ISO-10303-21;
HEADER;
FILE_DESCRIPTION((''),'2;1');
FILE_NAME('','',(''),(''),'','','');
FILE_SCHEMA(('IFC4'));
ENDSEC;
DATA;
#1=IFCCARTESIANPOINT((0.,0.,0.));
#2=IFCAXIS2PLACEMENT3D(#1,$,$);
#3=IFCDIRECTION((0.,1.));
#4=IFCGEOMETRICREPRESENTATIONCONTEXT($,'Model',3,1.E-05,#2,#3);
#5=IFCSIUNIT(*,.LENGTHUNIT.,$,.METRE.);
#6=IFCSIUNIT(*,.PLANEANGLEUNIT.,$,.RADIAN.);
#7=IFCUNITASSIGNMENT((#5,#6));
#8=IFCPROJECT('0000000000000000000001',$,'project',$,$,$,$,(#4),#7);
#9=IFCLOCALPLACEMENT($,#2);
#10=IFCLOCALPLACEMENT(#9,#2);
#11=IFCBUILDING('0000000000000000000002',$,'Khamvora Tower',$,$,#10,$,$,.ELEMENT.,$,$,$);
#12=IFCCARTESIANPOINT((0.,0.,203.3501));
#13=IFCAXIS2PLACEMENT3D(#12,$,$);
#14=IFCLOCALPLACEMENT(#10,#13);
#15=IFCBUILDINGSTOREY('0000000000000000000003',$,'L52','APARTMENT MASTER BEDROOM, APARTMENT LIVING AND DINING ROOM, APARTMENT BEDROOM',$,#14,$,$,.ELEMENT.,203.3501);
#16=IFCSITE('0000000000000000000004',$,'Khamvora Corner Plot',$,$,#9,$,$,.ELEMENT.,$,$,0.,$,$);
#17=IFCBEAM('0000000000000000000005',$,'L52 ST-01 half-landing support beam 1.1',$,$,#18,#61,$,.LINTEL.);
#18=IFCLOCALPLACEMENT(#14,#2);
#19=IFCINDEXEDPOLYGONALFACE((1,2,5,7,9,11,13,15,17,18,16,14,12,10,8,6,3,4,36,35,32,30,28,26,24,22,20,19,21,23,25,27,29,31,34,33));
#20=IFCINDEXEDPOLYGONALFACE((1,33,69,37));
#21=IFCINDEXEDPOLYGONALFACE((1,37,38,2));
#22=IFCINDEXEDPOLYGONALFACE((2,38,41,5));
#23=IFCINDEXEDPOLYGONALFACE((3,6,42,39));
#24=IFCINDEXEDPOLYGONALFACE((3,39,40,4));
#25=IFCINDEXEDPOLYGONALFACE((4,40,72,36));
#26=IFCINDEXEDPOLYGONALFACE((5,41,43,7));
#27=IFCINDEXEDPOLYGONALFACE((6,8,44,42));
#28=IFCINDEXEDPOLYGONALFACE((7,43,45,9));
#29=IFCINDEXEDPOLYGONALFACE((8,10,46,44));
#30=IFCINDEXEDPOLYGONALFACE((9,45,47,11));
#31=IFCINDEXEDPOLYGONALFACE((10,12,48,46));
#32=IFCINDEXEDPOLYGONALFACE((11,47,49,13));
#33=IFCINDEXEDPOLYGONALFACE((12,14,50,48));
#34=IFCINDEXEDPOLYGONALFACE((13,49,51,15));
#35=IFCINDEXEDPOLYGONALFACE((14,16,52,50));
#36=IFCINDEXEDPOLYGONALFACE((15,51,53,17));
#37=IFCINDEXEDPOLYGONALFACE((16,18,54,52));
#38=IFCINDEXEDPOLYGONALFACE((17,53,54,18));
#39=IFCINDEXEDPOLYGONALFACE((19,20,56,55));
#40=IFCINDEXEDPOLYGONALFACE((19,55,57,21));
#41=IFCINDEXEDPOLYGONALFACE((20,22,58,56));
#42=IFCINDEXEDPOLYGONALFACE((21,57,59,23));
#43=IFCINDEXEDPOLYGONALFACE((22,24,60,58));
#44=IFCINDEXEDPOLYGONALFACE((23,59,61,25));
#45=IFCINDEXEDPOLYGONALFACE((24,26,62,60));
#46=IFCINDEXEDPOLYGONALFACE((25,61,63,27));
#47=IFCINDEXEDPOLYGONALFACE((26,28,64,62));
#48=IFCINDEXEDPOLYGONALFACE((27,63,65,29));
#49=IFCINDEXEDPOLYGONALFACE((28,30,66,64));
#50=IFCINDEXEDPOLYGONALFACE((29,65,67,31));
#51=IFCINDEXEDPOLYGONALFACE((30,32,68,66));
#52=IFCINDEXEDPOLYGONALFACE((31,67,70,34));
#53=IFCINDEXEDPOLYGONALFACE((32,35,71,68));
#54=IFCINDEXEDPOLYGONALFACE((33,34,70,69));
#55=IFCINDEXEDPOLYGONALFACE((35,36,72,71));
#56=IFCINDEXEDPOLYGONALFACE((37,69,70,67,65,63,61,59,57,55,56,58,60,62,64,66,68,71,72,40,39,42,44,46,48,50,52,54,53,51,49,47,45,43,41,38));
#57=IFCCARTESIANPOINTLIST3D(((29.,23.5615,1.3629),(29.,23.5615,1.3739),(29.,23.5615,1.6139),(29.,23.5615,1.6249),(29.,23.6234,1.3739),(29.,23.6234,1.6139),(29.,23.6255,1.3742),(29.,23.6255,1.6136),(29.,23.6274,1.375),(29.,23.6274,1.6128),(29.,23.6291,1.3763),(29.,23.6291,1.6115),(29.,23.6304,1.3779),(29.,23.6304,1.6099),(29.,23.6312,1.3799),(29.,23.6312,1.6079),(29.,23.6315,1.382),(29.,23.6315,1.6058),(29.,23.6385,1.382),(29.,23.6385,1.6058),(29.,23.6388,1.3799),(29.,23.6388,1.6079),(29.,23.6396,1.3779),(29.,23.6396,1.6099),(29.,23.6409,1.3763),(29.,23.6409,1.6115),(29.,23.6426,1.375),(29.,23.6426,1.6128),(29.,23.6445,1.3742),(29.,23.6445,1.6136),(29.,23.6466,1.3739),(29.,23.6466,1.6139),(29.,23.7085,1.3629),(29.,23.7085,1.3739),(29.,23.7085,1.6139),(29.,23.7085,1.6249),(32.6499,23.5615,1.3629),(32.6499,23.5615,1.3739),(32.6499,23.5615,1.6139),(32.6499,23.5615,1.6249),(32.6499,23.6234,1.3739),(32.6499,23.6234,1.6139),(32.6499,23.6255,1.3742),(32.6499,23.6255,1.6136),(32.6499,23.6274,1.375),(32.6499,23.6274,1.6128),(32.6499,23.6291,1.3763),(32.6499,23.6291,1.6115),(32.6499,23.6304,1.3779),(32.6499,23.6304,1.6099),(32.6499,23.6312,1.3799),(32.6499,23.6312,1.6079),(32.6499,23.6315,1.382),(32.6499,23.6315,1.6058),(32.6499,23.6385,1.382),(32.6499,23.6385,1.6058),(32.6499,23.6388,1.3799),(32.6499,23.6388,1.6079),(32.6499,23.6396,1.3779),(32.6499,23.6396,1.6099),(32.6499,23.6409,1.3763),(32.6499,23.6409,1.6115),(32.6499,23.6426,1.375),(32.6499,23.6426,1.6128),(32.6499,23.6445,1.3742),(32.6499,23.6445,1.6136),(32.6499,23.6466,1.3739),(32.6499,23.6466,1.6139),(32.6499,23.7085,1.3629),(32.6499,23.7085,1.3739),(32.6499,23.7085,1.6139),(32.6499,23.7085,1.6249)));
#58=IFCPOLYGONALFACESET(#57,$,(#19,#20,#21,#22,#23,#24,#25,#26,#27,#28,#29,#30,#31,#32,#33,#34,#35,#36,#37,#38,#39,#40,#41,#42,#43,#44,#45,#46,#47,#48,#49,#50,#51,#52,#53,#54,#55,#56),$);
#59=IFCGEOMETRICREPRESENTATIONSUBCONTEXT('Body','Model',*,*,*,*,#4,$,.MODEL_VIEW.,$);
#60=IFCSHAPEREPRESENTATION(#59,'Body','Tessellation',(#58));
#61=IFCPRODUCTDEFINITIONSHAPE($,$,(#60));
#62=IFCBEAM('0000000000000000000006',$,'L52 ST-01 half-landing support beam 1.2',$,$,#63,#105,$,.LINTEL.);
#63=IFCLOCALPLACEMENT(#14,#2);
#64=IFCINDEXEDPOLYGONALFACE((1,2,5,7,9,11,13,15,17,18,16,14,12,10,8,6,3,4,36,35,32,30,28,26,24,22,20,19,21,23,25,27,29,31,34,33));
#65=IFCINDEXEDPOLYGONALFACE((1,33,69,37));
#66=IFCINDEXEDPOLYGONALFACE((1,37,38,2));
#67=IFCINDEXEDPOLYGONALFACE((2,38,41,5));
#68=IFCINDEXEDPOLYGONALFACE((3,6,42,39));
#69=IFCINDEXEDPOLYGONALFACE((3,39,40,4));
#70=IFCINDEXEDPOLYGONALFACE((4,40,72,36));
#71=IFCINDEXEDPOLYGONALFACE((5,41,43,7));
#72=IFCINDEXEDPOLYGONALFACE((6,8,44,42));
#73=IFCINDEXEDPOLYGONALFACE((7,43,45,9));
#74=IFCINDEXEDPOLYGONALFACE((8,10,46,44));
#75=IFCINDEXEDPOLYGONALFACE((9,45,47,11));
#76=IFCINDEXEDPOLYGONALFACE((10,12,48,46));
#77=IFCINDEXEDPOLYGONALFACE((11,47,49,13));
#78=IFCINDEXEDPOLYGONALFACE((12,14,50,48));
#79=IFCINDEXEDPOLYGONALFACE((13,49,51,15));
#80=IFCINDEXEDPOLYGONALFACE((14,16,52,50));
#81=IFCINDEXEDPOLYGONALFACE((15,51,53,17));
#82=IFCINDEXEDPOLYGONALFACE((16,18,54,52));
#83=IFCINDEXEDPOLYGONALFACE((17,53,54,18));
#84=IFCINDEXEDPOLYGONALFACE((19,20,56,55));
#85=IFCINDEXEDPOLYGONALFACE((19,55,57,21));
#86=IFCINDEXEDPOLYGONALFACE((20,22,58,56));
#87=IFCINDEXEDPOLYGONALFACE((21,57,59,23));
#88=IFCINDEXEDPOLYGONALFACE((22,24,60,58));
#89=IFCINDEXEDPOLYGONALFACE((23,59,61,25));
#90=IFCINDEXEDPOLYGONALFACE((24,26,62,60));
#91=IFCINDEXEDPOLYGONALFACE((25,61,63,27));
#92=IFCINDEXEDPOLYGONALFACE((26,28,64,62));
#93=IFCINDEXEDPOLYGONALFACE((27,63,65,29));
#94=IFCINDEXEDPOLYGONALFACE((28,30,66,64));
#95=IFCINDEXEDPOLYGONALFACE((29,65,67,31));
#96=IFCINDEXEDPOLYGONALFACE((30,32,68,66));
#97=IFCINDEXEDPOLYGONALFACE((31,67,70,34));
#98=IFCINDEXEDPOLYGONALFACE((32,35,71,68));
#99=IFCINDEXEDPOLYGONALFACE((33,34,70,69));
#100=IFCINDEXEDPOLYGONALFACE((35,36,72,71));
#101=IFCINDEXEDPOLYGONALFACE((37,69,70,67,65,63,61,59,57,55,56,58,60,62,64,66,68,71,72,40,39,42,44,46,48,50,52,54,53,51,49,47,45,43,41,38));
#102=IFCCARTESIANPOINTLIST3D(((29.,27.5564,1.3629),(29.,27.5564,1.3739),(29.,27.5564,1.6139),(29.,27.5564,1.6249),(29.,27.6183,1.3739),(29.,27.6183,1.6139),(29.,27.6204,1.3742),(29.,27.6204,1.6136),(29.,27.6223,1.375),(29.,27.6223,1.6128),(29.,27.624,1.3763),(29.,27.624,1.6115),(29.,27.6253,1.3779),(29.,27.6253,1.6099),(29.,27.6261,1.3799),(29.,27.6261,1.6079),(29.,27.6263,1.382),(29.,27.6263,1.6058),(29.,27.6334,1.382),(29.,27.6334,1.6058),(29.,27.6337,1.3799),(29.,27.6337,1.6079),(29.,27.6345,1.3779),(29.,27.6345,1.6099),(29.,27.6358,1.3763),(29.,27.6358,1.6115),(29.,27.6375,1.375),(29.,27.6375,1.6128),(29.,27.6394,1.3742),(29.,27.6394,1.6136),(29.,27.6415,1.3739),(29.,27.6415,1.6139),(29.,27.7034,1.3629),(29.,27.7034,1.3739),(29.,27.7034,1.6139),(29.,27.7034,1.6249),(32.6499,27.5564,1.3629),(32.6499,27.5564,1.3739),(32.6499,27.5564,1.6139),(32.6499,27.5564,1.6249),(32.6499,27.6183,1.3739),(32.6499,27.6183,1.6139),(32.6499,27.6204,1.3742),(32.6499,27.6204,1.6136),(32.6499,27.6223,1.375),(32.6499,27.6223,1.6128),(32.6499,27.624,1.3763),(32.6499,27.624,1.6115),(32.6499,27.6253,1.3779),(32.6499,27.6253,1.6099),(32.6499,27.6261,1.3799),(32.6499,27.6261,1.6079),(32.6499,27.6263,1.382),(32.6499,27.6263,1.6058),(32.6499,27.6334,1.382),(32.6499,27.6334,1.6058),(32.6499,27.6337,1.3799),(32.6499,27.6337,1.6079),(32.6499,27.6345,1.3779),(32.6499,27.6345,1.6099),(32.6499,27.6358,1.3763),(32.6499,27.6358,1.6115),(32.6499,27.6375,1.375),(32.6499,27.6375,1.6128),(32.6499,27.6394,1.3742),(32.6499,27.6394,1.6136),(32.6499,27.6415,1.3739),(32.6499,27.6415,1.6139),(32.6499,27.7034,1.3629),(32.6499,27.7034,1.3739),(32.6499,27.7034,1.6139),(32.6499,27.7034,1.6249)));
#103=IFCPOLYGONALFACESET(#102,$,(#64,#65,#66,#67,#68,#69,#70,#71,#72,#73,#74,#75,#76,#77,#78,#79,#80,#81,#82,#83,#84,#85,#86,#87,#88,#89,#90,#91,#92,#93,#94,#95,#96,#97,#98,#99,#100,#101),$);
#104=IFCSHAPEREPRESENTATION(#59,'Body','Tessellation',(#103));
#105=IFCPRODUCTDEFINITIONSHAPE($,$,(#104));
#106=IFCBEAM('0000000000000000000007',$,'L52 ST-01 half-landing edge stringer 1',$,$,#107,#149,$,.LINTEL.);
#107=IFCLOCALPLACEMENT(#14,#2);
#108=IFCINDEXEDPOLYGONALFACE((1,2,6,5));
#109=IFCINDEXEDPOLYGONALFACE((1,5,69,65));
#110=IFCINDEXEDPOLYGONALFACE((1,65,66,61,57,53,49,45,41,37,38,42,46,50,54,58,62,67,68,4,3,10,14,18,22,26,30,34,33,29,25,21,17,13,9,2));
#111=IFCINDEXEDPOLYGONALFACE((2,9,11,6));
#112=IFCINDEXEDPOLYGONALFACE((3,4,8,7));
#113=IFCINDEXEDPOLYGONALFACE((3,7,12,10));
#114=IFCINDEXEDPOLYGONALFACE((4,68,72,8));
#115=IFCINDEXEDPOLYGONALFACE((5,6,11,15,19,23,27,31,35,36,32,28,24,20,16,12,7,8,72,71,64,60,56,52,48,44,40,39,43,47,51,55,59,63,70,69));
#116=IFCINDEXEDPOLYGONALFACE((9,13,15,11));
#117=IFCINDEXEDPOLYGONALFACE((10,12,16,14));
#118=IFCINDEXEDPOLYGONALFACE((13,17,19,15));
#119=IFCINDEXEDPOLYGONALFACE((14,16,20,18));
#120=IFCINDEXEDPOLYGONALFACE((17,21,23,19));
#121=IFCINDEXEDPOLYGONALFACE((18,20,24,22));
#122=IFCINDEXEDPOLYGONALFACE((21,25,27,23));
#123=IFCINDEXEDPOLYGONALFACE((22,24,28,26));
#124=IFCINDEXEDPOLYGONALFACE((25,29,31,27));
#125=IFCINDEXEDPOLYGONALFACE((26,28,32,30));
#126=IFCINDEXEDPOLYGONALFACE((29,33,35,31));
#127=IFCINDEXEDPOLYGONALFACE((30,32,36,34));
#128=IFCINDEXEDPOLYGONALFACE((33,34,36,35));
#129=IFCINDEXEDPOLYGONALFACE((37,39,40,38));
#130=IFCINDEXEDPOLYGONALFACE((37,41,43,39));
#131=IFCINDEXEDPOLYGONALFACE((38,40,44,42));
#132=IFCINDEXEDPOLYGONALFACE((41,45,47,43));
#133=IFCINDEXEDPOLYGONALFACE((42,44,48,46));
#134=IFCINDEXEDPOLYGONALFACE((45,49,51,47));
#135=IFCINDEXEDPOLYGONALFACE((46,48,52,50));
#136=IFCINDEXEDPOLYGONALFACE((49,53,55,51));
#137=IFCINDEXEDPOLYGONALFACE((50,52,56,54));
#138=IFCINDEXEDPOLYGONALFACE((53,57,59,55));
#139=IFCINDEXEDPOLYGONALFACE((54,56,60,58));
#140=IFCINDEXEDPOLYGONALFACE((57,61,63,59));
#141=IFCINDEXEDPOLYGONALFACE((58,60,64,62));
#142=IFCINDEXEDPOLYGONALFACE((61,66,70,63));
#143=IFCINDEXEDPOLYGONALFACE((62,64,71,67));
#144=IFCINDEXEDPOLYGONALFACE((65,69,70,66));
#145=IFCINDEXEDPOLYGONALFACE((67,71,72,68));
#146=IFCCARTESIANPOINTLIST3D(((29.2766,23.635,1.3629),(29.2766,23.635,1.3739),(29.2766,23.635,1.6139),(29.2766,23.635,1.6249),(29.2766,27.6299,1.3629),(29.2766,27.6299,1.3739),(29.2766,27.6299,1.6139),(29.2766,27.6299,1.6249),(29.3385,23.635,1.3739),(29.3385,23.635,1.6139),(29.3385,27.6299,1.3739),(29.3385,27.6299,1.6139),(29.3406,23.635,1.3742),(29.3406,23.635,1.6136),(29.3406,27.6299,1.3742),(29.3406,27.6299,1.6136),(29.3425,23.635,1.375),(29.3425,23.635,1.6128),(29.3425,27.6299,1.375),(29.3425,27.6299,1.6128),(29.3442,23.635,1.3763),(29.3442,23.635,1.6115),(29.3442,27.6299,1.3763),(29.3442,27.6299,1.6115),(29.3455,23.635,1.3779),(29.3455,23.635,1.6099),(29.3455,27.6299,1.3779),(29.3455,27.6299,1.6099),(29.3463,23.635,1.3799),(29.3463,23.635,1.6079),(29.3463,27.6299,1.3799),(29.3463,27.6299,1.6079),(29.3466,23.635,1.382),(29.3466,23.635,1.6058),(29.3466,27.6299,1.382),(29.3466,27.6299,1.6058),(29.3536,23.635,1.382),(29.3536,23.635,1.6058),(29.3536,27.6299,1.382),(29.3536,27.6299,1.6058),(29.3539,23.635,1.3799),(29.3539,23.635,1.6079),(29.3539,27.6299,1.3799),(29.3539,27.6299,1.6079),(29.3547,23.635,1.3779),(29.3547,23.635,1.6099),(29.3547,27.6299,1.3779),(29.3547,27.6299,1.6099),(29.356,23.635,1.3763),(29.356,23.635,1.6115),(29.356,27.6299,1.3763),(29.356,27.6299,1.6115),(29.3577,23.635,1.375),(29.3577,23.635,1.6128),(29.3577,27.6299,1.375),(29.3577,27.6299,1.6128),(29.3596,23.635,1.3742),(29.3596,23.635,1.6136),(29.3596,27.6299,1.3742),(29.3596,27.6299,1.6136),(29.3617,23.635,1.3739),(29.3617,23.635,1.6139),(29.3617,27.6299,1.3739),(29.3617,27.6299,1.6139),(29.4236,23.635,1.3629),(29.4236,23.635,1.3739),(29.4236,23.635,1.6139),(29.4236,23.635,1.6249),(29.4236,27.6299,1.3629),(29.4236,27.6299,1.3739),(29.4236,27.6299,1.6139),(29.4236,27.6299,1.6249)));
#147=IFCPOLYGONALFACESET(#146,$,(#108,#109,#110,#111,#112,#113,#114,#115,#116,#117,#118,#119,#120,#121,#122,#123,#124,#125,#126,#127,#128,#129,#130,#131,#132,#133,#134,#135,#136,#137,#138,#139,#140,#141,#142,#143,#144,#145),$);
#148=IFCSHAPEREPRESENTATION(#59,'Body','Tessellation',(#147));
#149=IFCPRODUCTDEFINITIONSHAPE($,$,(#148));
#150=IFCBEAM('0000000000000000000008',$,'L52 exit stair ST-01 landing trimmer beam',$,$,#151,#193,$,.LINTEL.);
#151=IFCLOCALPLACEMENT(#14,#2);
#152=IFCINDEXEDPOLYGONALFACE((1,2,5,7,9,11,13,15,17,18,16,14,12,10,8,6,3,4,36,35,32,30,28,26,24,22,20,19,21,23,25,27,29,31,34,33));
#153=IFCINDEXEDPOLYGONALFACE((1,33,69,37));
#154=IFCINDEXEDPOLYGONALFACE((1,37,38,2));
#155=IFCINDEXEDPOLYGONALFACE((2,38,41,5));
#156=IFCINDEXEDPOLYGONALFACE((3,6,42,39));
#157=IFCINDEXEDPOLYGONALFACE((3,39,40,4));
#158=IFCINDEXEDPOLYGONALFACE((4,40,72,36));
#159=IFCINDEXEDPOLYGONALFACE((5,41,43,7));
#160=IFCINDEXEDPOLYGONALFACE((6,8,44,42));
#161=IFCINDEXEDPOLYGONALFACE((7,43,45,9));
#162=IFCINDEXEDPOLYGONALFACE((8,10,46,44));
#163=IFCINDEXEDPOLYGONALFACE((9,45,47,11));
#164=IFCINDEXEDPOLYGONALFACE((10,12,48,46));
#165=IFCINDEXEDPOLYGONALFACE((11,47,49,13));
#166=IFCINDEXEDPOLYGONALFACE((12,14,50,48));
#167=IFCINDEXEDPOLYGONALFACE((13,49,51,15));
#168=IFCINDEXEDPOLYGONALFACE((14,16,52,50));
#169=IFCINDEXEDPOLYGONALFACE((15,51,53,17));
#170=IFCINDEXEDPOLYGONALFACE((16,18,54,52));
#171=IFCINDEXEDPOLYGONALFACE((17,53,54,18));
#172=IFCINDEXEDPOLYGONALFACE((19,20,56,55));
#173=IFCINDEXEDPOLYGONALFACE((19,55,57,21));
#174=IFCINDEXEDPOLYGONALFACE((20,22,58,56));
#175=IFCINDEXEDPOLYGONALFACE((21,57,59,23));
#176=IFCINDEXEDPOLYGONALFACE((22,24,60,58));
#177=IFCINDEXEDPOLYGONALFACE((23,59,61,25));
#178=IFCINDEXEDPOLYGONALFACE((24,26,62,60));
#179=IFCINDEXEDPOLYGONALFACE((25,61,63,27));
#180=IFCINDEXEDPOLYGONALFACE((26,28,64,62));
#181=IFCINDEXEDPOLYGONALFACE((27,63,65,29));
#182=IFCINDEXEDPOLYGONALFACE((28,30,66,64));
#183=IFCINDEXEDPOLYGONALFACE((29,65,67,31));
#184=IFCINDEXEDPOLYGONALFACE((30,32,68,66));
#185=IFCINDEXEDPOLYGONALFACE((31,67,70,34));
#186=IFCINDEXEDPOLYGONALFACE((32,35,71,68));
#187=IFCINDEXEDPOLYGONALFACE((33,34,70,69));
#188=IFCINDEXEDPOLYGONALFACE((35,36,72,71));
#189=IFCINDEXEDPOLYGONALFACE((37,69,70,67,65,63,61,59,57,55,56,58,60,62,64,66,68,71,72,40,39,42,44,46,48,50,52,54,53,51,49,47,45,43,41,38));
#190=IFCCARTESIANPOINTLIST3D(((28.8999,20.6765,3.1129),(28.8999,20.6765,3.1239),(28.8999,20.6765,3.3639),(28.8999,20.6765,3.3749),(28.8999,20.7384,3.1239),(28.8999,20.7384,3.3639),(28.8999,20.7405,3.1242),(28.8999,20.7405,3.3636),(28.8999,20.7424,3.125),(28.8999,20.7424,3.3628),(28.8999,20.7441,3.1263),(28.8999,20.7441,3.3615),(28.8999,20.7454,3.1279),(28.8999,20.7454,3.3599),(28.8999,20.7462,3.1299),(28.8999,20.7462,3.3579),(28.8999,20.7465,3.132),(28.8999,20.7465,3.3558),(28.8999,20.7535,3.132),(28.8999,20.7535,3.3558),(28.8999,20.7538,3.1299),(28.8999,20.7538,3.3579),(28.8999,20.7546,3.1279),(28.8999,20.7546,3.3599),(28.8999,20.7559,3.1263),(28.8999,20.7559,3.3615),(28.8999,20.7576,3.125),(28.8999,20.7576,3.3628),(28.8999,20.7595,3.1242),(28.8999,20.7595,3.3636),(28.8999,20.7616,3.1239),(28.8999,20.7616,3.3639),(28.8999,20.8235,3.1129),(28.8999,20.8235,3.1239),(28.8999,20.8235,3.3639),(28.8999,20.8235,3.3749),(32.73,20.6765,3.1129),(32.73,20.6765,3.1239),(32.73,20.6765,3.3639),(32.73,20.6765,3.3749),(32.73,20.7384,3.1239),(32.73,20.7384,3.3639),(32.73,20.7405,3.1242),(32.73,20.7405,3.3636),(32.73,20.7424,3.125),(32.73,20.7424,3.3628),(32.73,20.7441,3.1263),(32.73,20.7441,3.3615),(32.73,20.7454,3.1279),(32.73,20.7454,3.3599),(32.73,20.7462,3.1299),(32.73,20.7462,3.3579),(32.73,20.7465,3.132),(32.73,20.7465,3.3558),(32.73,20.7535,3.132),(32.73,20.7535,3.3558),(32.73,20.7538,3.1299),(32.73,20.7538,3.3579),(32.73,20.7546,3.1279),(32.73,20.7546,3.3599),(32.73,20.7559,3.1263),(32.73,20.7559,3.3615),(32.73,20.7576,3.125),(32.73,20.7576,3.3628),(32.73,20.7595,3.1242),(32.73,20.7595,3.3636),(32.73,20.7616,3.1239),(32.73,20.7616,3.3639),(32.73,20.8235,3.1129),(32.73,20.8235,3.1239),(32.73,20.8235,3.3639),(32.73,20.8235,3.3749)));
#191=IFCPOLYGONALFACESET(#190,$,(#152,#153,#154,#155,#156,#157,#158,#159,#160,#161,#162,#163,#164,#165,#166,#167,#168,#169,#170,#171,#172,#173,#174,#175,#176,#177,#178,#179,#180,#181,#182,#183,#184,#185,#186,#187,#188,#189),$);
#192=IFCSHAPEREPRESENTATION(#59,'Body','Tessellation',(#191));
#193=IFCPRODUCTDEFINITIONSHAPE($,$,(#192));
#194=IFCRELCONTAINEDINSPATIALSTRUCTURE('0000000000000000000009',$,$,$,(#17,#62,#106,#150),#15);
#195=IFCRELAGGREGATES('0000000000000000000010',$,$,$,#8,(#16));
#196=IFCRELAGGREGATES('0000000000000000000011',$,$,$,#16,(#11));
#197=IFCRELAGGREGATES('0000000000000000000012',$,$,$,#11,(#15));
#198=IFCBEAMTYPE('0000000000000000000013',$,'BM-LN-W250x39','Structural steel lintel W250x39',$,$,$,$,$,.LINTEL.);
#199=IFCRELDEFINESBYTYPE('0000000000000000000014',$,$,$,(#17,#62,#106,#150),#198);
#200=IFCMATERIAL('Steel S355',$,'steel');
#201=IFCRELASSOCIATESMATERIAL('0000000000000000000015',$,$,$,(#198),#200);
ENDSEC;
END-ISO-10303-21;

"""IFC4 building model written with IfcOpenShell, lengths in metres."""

from ifc_helpers import new_model, si_unit, direction, frame, origin, origin_2d, place, context, subcontext, project, spatial, i_section, extrude, material, material_profile, profile_set, type_object, element, save


model = new_model("IFC4")

# Units and contexts
model_context = context("Model", 3, precision=1e-05, world=origin(), true_north=direction((0.0, 1.0)))
body_context = subcontext(model_context, "Body", "Model", "MODEL_VIEW")
ifc_project = project(units=[si_unit("LENGTHUNIT", "METRE"), si_unit("PLANEANGLEUNIT", "RADIAN")], contexts=[model_context])

# Site, building, storey
site_placement = place(None, origin())
site = spatial("IfcSite", under=ifc_project, at=site_placement, Name="Khamvora Corner Plot", CompositionType="ELEMENT", RefElevation=0.0)
building_placement = place(site_placement, origin())
building = spatial("IfcBuilding", under=site, at=building_placement, Name="Khamvora Tower", CompositionType="ELEMENT")
storey_placement = place(building_placement, frame((0.0, 0.0, 203.3501)))
storey = spatial("IfcBuildingStorey", under=building, at=storey_placement, Name="L52", Description="APARTMENT MASTER BEDROOM, APARTMENT LIVING AND DINING ROOM, APARTMENT BEDROOM", CompositionType="ELEMENT", Elevation=203.3501)

# Beams
ifc_material_1 = material(Name="Steel S355", Category="steel")
ifc_material_profile = material_profile(ifc_material_1, i_section(OverallWidth=0.147, OverallDepth=0.262, WebThickness=0.0071, FlangeThickness=0.011, FilletRadius=0.0081, at=origin_2d()), Name="W250x39")
ifc_profile_set = profile_set([ifc_material_profile], Name="Steel S355")
beam_type = type_object("IfcBeamType", Name="BM-LN-W250x39", Description="Structural steel lintel W250x39", PredefinedType="LINTEL", material=ifc_profile_set)
for number, where, z_axis, x_axis, name in (
    (1, (29.0, 23.635, 1.4939), (1.0, 0.0, 0.0), (0.0, 1.0, 0.0), "L52 ST-01 half-landing support beam 1.1"),
    (2, (29.0, 27.6299, 1.4939), (1.0, 0.0, 0.0), (0.0, 1.0, 0.0), "L52 ST-01 half-landing support beam 1.2"),
):
    element("IfcBeam", number, at=place(storey_placement, frame(where, z_axis=z_axis, x_axis=x_axis)), inside=storey, type_object=beam_type, Name=name, PredefinedType="LINTEL", context=body_context, shape_type="SweptSolid", body=[
        extrude(i_section(OverallWidth=0.147, OverallDepth=0.262, WebThickness=0.0071, FlangeThickness=0.011, FilletRadius=0.0081, at=origin_2d()), origin(), (0.0, 0.0, 1.0), 3.6499),
    ])
beam_1_placement = place(storey_placement, frame((29.3501, 23.635, 1.4939), z_axis=(0.0, 1.0, 0.0), x_axis=(-1.0, 0.0, 0.0)))
element("IfcBeam", 3, at=beam_1_placement, inside=storey, type_object=beam_type, Name="L52 ST-01 half-landing edge stringer 1", PredefinedType="LINTEL", context=body_context, shape_type="SweptSolid", body=[
    extrude(i_section(OverallWidth=0.147, OverallDepth=0.262, WebThickness=0.0071, FlangeThickness=0.011, FilletRadius=0.0081, at=origin_2d()), origin(), (0.0, 0.0, 1.0), 3.9949),
])
beam_2_placement = place(storey_placement, frame((28.8999, 20.75, 3.2439), z_axis=(1.0, 0.0, 0.0), x_axis=(0.0, 1.0, 0.0)))
element("IfcBeam", 4, at=beam_2_placement, inside=storey, type_object=beam_type, Name="L52 exit stair ST-01 landing trimmer beam", PredefinedType="LINTEL", context=body_context, shape_type="SweptSolid", body=[
    extrude(i_section(OverallWidth=0.147, OverallDepth=0.262, WebThickness=0.0071, FlangeThickness=0.011, FilletRadius=0.0081, at=origin_2d()), origin(), (0.0, 0.0, 1.0), 3.8301),
])

save(model, "model.ifc")
